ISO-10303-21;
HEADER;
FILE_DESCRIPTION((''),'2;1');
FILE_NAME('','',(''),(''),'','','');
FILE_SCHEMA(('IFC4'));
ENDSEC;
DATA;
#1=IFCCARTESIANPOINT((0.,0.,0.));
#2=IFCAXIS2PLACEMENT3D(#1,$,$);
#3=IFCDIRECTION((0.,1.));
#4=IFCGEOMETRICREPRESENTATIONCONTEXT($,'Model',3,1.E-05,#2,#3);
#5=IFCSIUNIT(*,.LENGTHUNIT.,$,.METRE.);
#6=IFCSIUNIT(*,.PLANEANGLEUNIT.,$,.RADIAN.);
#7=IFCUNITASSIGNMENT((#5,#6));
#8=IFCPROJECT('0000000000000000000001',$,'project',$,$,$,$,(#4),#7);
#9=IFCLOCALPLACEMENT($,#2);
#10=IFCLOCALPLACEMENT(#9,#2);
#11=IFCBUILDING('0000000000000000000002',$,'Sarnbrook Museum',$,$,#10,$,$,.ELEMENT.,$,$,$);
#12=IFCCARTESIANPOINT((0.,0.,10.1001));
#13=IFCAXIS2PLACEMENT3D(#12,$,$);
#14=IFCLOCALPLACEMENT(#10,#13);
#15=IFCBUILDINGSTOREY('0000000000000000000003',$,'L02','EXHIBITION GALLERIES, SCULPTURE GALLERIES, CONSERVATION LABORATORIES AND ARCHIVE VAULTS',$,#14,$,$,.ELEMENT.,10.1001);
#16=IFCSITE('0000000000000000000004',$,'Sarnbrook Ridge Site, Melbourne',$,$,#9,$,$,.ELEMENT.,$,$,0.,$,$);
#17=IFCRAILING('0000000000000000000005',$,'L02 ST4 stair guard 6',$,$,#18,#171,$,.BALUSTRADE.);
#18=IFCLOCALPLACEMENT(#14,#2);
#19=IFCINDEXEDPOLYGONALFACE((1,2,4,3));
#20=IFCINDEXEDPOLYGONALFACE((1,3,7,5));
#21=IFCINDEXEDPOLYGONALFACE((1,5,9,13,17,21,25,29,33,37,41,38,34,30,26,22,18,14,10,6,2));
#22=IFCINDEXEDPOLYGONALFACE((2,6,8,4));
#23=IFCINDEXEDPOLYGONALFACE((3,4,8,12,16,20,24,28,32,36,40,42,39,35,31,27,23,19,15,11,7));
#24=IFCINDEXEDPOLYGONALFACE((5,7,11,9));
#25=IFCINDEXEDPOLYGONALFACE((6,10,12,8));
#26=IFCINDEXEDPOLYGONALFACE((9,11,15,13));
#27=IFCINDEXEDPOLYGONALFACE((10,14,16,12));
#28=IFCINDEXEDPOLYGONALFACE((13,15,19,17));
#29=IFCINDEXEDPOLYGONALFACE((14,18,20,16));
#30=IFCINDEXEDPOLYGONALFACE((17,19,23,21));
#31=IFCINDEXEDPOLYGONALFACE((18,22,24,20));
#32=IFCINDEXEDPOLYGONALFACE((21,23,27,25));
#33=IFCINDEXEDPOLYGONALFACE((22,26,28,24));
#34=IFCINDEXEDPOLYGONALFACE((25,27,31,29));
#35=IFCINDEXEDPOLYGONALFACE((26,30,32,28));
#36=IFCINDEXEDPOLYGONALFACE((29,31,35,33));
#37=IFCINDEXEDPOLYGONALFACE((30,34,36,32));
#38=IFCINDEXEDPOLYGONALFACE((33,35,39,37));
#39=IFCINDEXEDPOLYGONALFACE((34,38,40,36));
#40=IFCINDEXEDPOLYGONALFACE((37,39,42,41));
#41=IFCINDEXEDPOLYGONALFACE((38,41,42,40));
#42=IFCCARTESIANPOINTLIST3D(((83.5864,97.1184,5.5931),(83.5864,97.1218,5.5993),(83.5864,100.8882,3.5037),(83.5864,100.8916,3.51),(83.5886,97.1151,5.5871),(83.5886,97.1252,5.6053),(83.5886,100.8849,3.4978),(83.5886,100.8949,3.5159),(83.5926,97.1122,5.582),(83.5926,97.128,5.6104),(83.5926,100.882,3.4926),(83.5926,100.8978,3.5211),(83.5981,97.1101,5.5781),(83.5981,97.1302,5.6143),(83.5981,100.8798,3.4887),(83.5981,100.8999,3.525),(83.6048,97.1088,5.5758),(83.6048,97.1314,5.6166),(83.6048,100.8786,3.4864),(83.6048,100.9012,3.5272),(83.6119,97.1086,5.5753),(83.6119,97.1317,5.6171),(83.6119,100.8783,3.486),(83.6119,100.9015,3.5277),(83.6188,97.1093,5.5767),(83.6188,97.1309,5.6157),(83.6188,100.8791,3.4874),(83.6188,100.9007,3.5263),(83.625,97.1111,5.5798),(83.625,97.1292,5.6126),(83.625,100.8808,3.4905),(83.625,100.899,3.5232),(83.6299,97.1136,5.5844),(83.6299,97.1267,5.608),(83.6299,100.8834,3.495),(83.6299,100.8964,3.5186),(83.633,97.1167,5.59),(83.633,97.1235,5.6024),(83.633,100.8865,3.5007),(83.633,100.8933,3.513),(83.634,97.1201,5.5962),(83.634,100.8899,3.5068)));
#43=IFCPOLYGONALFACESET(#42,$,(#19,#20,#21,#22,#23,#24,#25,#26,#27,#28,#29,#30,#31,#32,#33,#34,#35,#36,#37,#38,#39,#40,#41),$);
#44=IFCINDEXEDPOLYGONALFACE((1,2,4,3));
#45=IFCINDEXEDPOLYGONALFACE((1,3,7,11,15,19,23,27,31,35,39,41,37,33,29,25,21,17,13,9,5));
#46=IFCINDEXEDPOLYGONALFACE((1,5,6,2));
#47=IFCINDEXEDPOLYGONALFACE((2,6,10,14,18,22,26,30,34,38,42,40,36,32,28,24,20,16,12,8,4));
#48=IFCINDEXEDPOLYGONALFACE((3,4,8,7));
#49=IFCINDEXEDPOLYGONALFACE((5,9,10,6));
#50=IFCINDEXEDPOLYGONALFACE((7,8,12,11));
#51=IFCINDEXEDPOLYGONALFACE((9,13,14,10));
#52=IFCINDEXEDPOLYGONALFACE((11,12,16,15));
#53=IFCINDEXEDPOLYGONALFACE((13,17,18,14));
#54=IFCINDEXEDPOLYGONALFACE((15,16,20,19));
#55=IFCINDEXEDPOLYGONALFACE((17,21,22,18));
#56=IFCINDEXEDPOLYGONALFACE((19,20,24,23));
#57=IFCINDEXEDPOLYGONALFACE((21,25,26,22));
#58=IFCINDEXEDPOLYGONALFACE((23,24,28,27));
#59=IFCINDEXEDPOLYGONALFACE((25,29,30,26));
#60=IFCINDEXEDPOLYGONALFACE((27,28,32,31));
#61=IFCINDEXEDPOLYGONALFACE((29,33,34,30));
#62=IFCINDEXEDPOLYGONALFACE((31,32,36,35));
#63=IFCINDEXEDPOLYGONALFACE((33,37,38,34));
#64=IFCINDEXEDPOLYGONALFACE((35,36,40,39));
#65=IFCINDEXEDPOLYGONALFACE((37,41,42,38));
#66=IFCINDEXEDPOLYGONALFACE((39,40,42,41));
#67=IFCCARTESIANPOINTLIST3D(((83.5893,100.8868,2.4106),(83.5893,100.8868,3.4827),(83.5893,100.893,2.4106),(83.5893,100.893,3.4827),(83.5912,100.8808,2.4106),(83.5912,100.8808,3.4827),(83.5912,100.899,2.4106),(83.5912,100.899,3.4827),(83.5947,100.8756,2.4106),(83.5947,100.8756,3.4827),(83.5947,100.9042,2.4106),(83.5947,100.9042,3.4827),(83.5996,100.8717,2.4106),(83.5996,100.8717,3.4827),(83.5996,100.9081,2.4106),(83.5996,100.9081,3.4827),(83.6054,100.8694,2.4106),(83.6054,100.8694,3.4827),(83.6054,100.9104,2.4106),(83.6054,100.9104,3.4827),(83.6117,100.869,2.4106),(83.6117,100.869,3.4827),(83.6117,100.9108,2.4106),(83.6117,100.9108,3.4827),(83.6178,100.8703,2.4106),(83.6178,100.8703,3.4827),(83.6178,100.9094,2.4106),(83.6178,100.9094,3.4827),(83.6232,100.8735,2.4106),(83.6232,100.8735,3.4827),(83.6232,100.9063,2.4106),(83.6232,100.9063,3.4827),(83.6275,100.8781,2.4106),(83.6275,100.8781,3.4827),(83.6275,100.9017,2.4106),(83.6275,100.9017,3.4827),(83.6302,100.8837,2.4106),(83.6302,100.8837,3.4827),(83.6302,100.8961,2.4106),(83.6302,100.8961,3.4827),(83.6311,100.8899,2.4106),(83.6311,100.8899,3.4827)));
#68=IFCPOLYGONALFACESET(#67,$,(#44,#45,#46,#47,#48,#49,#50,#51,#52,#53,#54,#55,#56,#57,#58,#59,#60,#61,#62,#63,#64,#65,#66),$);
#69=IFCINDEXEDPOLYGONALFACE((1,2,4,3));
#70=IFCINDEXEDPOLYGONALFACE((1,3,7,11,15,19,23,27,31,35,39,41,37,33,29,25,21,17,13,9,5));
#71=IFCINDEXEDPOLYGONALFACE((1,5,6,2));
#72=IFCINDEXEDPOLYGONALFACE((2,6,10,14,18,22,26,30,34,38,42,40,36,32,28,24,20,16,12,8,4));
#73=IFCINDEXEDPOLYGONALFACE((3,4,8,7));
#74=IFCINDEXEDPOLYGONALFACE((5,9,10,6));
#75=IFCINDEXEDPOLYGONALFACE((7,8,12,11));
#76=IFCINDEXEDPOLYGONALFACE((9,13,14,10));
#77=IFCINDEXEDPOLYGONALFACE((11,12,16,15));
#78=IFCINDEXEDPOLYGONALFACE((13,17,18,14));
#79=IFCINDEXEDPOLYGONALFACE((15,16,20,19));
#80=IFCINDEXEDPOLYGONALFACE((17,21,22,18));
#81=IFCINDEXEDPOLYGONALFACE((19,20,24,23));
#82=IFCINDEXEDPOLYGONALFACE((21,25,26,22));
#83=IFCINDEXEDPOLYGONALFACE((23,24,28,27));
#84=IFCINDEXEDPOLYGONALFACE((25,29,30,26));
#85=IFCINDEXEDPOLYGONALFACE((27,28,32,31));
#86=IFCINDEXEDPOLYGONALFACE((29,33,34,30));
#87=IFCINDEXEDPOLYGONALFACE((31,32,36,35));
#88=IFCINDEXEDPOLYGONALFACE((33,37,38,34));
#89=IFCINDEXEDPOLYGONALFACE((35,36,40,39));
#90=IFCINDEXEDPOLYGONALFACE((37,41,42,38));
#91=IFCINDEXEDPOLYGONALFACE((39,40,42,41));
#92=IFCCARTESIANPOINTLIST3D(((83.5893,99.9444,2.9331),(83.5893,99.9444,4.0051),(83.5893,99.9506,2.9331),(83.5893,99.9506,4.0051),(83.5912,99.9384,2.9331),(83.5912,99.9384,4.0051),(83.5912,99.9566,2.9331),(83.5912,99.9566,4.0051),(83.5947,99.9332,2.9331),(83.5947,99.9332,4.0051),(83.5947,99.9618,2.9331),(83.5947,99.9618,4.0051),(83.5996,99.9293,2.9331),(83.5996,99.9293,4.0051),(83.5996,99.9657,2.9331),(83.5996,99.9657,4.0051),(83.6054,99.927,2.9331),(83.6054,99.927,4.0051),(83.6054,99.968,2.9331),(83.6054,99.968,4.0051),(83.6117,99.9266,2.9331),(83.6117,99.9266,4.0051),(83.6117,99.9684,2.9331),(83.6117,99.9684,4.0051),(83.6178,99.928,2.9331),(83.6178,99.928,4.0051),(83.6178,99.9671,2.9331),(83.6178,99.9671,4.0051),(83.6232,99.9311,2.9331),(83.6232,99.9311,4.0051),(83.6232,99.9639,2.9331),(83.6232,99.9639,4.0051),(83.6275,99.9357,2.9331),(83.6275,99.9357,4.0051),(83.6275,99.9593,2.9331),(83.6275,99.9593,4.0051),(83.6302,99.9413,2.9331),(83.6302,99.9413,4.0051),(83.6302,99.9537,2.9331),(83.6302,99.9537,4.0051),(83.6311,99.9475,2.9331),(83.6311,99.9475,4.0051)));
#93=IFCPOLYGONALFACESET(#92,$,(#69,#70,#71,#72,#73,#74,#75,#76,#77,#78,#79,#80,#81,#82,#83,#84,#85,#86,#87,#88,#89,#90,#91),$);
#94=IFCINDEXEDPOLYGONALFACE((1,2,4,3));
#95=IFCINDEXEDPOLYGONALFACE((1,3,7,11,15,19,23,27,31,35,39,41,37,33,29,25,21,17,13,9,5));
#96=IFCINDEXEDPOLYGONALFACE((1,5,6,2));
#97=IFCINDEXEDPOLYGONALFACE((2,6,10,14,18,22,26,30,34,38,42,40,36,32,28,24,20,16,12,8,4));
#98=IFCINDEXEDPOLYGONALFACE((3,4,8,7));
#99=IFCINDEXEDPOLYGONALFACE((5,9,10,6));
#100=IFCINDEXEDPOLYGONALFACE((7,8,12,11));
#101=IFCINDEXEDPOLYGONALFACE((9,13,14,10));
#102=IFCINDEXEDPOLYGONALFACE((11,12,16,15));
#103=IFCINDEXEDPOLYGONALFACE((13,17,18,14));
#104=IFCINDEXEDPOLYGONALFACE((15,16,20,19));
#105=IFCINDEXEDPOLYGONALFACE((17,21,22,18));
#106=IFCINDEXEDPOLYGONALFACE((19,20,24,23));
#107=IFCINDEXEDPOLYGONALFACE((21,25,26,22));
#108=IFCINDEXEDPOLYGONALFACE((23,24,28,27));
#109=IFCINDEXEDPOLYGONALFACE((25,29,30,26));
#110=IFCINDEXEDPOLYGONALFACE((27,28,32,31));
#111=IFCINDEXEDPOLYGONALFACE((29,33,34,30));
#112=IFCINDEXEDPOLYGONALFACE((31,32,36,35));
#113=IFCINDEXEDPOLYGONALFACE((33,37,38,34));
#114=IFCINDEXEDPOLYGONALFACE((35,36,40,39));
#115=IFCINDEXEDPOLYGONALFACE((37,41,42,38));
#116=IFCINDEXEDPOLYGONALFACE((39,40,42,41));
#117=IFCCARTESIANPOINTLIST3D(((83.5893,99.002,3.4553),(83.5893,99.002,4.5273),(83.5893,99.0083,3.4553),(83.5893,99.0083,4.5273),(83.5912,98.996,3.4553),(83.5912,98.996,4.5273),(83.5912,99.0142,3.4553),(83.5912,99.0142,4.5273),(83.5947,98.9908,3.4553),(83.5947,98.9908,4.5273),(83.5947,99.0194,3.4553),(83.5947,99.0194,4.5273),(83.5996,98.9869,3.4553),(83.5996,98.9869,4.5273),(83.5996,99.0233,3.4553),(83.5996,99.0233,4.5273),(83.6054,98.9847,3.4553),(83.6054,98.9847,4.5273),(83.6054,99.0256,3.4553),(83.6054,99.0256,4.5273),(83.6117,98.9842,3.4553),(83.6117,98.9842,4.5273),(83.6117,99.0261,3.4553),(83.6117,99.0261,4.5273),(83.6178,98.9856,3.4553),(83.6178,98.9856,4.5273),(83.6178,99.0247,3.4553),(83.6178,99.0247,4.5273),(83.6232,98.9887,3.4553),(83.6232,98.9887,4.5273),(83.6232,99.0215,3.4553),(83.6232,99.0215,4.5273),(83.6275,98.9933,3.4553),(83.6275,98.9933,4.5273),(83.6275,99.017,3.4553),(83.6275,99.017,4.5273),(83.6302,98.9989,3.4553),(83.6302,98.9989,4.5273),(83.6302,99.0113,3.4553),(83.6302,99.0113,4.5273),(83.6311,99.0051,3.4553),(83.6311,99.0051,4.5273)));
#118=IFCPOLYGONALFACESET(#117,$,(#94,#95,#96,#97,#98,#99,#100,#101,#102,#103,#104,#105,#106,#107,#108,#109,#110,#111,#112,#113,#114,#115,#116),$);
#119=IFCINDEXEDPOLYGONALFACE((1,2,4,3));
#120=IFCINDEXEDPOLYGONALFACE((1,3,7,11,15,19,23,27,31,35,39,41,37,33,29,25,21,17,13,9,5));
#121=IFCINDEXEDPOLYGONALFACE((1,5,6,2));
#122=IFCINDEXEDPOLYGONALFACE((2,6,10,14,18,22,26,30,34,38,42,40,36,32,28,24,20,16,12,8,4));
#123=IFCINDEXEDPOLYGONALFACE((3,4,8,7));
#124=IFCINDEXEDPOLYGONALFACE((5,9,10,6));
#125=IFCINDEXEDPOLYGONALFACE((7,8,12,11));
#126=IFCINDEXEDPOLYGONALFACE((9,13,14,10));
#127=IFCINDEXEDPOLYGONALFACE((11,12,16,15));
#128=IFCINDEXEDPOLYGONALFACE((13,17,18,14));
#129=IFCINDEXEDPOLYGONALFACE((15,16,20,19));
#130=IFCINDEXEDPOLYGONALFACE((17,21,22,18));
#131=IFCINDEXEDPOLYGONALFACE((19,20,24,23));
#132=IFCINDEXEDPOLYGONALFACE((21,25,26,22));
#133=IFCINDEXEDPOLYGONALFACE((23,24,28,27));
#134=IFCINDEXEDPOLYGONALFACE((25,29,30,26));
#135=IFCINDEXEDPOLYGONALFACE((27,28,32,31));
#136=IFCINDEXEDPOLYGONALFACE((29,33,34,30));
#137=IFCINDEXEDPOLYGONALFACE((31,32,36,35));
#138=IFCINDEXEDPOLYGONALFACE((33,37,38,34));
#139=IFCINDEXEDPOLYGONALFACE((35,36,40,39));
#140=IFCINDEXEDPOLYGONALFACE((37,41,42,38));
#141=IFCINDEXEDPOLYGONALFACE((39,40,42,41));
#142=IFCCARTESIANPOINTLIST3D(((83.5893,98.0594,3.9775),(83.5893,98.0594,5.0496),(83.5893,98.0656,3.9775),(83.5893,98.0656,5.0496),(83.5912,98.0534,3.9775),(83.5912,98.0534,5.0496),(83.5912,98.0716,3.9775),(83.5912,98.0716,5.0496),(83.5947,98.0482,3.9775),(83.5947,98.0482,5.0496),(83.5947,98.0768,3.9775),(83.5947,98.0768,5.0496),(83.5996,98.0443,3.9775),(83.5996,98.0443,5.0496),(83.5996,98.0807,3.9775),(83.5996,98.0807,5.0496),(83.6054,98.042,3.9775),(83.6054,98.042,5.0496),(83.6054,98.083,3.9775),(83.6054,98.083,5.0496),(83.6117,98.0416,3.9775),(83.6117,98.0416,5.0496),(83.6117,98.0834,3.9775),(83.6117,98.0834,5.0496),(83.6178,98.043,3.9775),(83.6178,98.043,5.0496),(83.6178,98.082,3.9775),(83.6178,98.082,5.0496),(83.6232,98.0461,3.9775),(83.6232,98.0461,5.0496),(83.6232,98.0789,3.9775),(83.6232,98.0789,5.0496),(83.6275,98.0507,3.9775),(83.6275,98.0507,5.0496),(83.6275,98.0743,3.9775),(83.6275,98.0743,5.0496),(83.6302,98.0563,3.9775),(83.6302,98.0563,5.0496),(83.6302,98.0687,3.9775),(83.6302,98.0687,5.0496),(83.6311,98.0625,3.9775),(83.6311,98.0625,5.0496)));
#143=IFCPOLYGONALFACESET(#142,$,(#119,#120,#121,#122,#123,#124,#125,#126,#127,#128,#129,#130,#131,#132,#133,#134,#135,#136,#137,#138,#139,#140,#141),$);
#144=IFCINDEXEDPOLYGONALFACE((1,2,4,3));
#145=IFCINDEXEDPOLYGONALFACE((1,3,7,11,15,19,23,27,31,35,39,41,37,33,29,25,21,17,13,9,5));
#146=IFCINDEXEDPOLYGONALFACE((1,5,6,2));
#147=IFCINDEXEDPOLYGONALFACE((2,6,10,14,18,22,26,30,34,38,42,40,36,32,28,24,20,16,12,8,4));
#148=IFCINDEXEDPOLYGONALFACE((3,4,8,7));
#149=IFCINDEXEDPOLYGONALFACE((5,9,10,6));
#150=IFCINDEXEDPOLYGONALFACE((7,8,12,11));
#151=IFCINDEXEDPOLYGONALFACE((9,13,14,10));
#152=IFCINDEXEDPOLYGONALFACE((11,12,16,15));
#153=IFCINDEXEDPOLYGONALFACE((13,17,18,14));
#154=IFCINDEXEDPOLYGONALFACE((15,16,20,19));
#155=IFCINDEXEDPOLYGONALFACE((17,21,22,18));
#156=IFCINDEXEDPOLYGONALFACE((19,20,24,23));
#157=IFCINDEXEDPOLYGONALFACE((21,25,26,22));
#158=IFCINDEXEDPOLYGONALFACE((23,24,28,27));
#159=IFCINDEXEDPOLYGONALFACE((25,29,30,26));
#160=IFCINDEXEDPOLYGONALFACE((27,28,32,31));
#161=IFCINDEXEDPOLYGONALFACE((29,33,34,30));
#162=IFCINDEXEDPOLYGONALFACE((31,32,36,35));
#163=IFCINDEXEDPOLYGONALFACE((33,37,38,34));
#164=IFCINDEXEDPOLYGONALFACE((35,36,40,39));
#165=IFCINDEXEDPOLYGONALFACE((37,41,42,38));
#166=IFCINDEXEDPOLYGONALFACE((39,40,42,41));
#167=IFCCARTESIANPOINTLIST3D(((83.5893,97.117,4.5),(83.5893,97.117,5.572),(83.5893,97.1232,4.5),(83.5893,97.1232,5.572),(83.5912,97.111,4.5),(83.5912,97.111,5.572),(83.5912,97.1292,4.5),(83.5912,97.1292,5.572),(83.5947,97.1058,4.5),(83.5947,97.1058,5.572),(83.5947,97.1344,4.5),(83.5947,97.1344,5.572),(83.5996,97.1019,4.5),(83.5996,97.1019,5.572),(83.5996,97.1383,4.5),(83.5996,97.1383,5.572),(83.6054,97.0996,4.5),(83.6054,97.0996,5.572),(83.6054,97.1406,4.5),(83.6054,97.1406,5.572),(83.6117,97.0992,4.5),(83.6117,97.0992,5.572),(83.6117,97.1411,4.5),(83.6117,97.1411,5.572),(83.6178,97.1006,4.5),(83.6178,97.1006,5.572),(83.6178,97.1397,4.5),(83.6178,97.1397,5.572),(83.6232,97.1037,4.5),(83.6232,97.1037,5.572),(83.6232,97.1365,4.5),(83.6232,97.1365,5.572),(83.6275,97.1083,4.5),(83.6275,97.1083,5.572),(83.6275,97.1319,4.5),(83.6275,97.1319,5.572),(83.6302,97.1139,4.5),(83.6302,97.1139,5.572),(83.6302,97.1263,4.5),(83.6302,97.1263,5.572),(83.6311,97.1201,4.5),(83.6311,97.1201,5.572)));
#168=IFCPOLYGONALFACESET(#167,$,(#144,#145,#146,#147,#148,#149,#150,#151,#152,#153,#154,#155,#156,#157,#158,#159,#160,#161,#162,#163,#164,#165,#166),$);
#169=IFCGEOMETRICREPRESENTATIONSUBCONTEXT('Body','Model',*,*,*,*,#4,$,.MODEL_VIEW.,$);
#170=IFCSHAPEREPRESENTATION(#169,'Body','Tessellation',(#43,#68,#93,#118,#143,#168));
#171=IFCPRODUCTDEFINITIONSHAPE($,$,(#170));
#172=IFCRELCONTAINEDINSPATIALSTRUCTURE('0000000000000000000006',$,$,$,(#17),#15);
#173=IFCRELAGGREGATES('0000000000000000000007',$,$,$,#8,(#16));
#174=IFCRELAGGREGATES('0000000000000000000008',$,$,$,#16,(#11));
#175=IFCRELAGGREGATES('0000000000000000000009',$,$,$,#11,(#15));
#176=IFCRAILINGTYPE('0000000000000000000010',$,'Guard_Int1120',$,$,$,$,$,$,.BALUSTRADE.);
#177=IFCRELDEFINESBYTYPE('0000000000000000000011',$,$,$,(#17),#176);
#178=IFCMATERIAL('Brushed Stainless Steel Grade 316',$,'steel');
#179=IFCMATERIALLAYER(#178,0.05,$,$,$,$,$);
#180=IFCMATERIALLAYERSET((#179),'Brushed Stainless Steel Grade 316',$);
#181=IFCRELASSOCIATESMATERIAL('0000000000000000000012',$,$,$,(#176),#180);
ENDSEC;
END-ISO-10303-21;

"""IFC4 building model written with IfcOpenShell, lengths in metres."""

from ifc_helpers import new_model, si_unit, direction, frame, origin, origin_2d, place, context, subcontext, project, spatial, circle, extrude, material, layer, layer_set, type_object, element, save


model = new_model("IFC4")

# Units and contexts
model_context = context("Model", 3, precision=1e-05, world=origin(), true_north=direction((0.0, 1.0)))
body_context = subcontext(model_context, "Body", "Model", "MODEL_VIEW")
ifc_project = project(units=[si_unit("LENGTHUNIT", "METRE"), si_unit("PLANEANGLEUNIT", "RADIAN")], contexts=[model_context])

# Site, building, storey
site_placement = place(None, origin())
site = spatial("IfcSite", under=ifc_project, at=site_placement, Name="Sarnbrook Ridge Site, Melbourne", CompositionType="ELEMENT", RefElevation=0.0)
building_placement = place(site_placement, origin())
building = spatial("IfcBuilding", under=site, at=building_placement, Name="Sarnbrook Museum", CompositionType="ELEMENT")
storey_placement = place(building_placement, frame((0.0, 0.0, 10.1001)))
storey = spatial("IfcBuildingStorey", under=building, at=storey_placement, Name="L02", Description="EXHIBITION GALLERIES, SCULPTURE GALLERIES, CONSERVATION LABORATORIES AND ARCHIVE VAULTS", CompositionType="ELEMENT", Elevation=10.1001)

# Shared definitions
ifc_material_1 = material(Name="Brushed Stainless Steel Grade 316", Category="steel")

# Railing
ifc_layer_1 = layer(ifc_material_1, 0.05)
ifc_layer_set_1 = layer_set([ifc_layer_1], Name="Brushed Stainless Steel Grade 316")
railing_type_1 = type_object("IfcRailingType", Name="Guard_Int1120", PredefinedType="BALUSTRADE", material=ifc_layer_set_1)
railing_1_placement = place(storey_placement, frame((83.6101, 100.8899, 2.4106)))
element("IfcRailing", 1, at=railing_1_placement, inside=storey, type_object=railing_type_1, Name="L02 ST4 stair guard 6", PredefinedType="BALUSTRADE", context=body_context, shape_type="SweptSolid", body=[
    extrude(circle(Radius=0.0239, at=origin_2d()), frame((0.0, 0.0, 1.0962), z_axis=(0.0, -0.874646, 0.484763), x_axis=(1.0, 0.0, 0.0)), (0.0, 0.0, 1.0), 4.3101),
    extrude(circle(Radius=0.021, at=origin_2d()), origin(), (0.0, 0.0, 1.0), 1.072),
    extrude(circle(Radius=0.021, at=origin_2d()), frame((0.0, -0.9424, 0.5225)), (0.0, 0.0, 1.0), 1.072),
    extrude(circle(Radius=0.021, at=origin_2d()), frame((0.0, -1.8848, 1.0447)), (0.0, 0.0, 1.0), 1.072),
    extrude(circle(Radius=0.021, at=origin_2d()), frame((0.0, -2.8274, 1.5669)), (0.0, 0.0, 1.0), 1.072),
    extrude(circle(Radius=0.021, at=origin_2d()), frame((0.0, -3.7698, 2.0894)), (0.0, 0.0, 1.0), 1.072),
])

save(model, "model.ifc")
